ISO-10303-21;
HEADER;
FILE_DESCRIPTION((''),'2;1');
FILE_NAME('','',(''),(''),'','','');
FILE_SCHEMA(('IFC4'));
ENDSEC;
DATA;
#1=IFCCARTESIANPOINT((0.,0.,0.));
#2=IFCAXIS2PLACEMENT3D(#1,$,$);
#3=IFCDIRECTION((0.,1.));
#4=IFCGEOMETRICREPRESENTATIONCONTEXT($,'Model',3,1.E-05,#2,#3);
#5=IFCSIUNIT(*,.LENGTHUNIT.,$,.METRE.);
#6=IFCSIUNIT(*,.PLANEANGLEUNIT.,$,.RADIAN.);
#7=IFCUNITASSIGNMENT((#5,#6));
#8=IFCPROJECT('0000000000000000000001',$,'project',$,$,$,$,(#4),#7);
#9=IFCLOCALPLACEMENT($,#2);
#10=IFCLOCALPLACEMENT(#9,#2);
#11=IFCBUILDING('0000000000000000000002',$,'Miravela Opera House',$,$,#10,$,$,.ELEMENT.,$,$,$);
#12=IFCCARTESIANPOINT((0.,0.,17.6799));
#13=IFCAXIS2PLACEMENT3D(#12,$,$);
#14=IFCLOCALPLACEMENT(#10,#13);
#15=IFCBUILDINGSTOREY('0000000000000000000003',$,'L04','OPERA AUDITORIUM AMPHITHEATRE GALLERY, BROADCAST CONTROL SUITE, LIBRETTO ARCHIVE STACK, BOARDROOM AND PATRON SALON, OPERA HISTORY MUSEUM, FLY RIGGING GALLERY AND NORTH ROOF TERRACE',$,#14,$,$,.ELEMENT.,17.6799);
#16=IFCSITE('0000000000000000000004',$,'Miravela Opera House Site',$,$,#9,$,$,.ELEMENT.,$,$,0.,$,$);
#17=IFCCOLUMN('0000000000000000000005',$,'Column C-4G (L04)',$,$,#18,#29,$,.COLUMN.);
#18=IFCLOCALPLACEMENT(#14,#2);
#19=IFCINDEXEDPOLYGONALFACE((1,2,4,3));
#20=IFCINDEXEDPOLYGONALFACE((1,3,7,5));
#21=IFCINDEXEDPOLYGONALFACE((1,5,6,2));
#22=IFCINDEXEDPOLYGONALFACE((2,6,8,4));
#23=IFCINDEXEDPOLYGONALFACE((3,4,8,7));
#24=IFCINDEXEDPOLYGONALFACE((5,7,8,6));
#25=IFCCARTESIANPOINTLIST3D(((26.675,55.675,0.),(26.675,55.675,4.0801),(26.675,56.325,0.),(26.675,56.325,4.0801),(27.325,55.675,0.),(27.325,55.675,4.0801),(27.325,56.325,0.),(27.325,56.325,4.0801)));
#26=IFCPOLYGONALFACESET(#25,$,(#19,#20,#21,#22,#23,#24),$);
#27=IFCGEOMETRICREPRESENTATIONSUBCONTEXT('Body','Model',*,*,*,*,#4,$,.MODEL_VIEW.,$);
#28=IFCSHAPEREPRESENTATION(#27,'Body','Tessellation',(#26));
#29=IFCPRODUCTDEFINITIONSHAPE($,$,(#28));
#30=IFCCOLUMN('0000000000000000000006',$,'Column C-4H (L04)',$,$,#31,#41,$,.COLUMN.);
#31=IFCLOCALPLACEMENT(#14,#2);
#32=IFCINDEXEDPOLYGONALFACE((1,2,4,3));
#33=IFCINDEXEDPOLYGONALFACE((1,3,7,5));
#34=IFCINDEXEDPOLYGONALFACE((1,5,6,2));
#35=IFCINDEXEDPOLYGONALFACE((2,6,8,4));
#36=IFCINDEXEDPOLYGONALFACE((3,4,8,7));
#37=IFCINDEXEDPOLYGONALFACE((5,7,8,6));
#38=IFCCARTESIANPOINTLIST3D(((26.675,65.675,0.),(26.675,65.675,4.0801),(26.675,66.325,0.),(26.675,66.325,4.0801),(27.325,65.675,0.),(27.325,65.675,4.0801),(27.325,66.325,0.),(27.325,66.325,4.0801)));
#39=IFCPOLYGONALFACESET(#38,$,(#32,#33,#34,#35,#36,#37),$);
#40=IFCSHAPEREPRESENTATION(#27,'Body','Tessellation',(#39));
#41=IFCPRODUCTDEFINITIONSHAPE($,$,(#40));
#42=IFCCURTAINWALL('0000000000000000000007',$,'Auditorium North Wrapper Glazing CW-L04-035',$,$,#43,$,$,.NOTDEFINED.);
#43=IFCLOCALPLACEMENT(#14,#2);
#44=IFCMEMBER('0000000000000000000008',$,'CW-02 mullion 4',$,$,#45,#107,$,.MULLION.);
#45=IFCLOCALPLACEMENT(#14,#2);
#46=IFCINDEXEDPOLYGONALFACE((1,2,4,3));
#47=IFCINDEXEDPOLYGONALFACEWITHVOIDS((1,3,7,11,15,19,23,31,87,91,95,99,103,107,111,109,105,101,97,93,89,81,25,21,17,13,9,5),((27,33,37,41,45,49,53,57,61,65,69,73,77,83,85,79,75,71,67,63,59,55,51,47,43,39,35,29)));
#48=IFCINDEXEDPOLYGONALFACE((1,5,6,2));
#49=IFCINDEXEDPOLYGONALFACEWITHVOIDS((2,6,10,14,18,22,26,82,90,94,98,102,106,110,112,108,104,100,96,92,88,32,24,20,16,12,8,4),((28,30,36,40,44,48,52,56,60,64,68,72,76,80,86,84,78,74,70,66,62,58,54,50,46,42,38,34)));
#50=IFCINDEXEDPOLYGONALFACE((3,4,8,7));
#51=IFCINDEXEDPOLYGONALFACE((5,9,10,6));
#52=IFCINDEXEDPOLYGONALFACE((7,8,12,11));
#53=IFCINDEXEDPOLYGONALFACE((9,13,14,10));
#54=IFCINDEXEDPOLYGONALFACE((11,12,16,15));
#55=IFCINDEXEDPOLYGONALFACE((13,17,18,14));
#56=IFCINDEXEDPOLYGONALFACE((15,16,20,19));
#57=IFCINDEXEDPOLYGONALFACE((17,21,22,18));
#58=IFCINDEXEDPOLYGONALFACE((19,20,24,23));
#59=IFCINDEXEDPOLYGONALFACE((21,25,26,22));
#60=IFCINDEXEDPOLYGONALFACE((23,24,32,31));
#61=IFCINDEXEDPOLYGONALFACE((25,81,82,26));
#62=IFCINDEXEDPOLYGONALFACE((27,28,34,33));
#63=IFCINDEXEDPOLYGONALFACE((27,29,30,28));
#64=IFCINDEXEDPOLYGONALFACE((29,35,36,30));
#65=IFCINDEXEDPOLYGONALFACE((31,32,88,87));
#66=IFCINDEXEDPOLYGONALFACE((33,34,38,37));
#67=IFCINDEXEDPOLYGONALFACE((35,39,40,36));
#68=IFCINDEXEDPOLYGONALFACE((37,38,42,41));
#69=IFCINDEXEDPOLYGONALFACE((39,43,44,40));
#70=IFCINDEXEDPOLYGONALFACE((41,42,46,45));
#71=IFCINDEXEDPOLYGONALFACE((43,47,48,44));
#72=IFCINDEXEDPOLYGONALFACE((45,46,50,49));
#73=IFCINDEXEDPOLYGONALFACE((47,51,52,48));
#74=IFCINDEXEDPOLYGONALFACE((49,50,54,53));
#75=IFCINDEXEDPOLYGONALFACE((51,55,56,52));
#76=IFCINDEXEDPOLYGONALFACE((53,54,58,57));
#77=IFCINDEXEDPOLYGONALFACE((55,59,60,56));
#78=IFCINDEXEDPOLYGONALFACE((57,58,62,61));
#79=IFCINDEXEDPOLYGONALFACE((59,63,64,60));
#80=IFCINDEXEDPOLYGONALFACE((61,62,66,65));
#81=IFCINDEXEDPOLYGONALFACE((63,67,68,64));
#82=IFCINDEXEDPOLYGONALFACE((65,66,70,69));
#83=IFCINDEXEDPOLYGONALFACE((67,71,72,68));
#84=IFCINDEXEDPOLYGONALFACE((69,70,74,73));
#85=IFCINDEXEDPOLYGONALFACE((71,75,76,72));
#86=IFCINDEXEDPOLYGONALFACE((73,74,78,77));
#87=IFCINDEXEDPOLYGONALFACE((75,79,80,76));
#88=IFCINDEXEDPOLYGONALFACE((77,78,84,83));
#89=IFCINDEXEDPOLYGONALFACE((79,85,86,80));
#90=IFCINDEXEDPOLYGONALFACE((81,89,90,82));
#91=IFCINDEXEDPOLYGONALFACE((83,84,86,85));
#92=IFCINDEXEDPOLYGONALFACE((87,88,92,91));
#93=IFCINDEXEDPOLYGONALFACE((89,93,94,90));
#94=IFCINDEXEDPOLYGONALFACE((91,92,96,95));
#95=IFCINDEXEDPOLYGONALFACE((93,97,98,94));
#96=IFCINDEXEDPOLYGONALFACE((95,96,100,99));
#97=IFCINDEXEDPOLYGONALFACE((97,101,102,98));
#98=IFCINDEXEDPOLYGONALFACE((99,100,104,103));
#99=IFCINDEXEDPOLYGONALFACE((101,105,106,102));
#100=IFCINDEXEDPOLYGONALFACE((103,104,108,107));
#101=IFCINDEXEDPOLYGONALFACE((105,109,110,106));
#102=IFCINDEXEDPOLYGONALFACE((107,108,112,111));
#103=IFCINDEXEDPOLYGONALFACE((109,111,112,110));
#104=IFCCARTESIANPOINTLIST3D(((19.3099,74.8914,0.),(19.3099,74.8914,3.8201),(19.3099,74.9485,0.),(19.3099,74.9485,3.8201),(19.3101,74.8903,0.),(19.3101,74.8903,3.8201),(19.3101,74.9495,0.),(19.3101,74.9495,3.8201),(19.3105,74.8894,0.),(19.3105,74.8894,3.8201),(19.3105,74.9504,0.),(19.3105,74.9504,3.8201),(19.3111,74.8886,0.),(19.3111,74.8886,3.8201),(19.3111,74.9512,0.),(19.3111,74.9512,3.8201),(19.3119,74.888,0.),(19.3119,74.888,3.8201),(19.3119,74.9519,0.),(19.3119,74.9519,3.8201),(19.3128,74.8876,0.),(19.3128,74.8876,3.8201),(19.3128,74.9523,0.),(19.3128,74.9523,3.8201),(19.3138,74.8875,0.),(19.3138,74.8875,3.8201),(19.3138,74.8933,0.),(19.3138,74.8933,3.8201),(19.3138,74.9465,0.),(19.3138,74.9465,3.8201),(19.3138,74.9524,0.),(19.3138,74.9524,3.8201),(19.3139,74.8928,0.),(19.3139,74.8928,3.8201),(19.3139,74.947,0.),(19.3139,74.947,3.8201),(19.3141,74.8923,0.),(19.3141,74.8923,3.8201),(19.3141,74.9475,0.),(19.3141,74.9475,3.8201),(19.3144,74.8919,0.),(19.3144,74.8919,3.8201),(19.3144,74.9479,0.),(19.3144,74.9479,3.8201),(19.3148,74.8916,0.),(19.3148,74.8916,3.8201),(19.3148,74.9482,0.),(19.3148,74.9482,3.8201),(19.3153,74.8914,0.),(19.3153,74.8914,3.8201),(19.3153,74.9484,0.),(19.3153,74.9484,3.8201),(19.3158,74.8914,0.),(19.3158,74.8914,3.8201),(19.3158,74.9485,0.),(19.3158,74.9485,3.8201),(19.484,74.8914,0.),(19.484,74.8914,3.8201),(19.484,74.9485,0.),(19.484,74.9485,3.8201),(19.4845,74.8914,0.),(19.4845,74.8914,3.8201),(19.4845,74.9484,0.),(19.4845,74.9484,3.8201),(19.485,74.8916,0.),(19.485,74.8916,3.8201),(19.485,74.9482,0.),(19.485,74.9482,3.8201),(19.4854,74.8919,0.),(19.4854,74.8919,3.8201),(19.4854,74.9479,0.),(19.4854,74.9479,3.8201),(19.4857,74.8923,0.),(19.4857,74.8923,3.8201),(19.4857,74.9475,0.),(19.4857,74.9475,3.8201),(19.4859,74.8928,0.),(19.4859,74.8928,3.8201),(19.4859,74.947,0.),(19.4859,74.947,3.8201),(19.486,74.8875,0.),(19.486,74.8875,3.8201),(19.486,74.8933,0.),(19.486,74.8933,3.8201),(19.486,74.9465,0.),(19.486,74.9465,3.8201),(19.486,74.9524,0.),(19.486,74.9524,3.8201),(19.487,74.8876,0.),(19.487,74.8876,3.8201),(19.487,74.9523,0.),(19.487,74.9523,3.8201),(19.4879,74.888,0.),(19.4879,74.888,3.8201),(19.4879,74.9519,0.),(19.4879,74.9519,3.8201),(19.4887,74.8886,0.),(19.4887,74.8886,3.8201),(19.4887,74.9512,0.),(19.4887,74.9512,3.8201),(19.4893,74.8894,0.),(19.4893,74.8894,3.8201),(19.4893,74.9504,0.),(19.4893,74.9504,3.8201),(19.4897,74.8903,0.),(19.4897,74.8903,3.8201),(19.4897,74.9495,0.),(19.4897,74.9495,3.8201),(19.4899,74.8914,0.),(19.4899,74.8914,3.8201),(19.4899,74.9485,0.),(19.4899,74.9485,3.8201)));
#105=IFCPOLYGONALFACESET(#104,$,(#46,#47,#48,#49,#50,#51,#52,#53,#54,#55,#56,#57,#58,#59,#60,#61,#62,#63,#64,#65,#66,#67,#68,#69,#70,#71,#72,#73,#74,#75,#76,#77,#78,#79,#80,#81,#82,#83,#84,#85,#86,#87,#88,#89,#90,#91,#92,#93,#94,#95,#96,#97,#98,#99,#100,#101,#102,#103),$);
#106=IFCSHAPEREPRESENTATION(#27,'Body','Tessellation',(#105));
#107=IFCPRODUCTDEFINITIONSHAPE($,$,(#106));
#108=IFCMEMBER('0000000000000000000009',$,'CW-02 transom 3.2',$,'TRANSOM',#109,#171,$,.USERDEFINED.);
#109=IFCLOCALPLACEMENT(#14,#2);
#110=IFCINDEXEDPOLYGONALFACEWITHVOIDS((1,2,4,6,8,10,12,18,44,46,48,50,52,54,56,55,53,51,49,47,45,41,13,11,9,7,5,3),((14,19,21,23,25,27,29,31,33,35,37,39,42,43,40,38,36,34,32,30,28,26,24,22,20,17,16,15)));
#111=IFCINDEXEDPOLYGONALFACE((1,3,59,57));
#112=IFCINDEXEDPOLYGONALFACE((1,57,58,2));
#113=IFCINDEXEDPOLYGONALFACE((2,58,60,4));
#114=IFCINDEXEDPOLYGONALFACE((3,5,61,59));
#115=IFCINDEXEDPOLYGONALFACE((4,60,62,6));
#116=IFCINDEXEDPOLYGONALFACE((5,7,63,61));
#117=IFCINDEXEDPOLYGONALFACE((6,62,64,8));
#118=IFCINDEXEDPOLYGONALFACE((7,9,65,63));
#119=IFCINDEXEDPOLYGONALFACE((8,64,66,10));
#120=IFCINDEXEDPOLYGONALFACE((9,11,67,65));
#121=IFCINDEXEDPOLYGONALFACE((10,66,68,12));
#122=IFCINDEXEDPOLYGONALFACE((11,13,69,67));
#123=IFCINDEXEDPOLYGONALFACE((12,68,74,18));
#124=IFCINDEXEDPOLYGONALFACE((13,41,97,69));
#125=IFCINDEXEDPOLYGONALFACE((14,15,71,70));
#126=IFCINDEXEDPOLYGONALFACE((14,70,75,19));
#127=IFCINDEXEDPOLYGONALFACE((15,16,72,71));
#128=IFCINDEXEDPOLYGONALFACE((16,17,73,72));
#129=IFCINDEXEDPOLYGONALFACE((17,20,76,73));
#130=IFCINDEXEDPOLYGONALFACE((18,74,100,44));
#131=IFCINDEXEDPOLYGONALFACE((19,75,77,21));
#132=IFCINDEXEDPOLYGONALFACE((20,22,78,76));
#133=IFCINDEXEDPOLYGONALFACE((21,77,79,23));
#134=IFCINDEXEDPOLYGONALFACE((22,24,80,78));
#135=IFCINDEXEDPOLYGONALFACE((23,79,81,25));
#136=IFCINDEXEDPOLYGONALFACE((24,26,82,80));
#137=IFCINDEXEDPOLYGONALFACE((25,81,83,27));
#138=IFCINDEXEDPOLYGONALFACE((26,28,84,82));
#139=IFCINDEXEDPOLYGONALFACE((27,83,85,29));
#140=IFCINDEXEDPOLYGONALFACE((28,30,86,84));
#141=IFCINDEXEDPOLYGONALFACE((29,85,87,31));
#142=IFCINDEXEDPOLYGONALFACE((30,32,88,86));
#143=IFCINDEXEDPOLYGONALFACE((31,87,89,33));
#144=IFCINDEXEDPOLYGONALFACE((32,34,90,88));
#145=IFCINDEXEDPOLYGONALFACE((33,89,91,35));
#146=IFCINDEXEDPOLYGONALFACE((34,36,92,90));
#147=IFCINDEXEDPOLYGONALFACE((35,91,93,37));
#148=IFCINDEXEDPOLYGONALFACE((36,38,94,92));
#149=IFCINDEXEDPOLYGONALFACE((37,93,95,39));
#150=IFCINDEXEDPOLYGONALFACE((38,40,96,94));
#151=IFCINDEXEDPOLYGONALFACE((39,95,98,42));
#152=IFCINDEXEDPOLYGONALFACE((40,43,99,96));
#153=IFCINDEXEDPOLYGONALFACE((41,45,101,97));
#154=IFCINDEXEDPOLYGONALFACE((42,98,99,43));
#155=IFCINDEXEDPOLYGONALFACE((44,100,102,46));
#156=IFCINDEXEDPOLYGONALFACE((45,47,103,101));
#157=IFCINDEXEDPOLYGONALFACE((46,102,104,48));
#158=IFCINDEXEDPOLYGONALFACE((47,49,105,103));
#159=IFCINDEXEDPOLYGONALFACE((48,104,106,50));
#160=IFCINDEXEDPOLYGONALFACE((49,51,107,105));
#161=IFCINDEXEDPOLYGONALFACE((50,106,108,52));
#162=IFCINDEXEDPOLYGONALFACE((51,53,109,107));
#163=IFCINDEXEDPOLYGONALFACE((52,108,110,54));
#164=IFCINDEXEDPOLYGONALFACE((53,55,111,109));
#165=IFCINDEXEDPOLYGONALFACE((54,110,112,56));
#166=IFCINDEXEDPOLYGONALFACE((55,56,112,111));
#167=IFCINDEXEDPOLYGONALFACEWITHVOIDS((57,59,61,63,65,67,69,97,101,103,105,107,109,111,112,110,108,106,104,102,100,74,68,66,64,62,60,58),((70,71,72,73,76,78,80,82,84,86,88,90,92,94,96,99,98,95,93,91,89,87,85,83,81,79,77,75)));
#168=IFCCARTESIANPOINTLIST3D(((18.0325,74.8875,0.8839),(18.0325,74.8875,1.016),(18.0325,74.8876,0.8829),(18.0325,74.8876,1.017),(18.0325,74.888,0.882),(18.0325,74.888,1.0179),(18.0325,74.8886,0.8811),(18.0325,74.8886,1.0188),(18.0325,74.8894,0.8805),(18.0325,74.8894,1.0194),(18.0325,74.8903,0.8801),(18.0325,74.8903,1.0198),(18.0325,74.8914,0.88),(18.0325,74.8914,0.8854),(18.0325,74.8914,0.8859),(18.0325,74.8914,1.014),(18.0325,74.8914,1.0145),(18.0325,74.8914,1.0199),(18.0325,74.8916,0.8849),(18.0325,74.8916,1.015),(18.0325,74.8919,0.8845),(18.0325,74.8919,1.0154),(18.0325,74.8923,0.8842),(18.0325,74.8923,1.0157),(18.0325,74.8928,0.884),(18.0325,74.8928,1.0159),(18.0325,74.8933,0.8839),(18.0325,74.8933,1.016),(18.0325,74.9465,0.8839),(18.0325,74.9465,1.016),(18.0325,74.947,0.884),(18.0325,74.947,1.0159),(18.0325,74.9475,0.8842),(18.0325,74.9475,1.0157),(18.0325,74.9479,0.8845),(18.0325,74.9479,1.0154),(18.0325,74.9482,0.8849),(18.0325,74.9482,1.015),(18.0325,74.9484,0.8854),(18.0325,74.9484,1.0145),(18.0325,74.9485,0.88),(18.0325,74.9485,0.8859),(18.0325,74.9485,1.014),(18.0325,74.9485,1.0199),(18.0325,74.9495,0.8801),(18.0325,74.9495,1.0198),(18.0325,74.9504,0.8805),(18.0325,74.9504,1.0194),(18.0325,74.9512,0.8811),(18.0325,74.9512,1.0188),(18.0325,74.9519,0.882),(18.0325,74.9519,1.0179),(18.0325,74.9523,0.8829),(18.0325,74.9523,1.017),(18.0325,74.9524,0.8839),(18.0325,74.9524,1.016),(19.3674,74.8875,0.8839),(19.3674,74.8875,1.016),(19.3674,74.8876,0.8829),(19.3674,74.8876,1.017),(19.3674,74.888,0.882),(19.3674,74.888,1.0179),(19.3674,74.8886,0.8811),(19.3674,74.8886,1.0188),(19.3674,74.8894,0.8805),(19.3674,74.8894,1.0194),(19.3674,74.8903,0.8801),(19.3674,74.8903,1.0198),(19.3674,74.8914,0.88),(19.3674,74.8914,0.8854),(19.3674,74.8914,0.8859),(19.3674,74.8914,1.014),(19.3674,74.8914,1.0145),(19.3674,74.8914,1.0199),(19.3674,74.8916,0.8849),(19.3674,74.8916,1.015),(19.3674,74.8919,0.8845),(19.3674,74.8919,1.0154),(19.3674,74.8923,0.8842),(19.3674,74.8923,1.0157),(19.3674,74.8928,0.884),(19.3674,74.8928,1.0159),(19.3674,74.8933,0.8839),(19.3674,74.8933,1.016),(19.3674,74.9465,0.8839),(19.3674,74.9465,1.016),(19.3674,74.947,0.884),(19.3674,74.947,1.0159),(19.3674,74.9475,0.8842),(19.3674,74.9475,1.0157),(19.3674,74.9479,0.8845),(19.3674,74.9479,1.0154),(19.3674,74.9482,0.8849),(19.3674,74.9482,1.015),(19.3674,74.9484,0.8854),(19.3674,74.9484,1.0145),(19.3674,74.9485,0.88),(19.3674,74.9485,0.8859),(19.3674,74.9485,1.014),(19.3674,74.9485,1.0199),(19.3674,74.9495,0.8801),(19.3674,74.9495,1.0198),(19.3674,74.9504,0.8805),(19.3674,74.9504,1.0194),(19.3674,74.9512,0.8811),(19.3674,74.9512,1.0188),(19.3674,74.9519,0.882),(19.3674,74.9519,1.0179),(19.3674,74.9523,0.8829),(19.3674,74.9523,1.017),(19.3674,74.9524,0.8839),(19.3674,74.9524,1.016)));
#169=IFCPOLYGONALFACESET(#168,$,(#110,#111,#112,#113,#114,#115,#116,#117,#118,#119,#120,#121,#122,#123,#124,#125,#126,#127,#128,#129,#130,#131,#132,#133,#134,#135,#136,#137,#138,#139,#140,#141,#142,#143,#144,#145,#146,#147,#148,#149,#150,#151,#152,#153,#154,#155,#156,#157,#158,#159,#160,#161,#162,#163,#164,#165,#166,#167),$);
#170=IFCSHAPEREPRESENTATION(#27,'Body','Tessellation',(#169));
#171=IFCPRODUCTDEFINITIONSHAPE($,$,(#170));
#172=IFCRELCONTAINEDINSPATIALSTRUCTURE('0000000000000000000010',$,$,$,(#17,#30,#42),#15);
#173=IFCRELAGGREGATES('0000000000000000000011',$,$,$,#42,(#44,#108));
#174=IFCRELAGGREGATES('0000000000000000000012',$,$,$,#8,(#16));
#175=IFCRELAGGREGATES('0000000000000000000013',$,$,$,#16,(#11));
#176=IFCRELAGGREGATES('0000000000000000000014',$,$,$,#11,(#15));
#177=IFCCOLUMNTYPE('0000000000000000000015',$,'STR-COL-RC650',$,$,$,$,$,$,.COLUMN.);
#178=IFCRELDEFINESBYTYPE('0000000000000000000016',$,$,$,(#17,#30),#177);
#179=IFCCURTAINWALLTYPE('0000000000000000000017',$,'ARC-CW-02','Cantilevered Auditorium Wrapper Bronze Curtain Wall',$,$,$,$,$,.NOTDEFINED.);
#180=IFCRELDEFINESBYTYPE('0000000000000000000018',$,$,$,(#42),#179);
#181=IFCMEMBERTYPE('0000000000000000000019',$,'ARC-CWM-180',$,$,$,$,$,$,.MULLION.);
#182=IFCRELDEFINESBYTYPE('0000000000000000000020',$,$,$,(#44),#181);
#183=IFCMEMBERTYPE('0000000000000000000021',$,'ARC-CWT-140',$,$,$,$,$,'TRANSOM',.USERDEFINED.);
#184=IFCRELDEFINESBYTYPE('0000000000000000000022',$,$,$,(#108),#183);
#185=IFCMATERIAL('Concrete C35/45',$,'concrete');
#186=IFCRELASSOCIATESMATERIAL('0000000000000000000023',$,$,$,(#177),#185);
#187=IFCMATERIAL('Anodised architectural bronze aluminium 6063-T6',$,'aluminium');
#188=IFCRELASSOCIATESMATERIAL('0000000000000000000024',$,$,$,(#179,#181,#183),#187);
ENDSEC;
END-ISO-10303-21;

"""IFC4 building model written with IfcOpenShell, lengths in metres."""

from ifc_helpers import new_model, si_unit, direction, frame, origin, origin_2d, place, context, subcontext, project, spatial, rectangle, hollow_rectangle, extrude, material, material_profile, profile_set, type_object, element, aggregate, save


model = new_model("IFC4")

# Units and contexts
model_context = context("Model", 3, precision=1e-05, world=origin(), true_north=direction((0.0, 1.0)))
body_context = subcontext(model_context, "Body", "Model", "MODEL_VIEW")
ifc_project = project(units=[si_unit("LENGTHUNIT", "METRE"), si_unit("PLANEANGLEUNIT", "RADIAN")], contexts=[model_context])

# Site, building, storey
site_placement = place(None, origin())
site = spatial("IfcSite", under=ifc_project, at=site_placement, Name="Miravela Opera House Site", CompositionType="ELEMENT", RefElevation=0.0)
building_placement = place(site_placement, origin())
building = spatial("IfcBuilding", under=site, at=building_placement, Name="Miravela Opera House", CompositionType="ELEMENT")
storey_placement = place(building_placement, frame((0.0, 0.0, 17.6799)))
storey = spatial("IfcBuildingStorey", under=building, at=storey_placement, Name="L04", Description="OPERA AUDITORIUM AMPHITHEATRE GALLERY, BROADCAST CONTROL SUITE, LIBRETTO ARCHIVE STACK, BOARDROOM AND PATRON SALON, OPERA HISTORY MUSEUM, FLY RIGGING GALLERY AND NORTH ROOF TERRACE", CompositionType="ELEMENT", Elevation=17.6799)

# Columns
ifc_material_1 = material(Name="Concrete C35/45", Category="concrete")
ifc_material_profile_1 = material_profile(ifc_material_1, rectangle(XDim=0.6499, YDim=0.6499, at=origin_2d()), Name="RC-COL-650X650")
ifc_profile_set_1 = profile_set([ifc_material_profile_1])
column_type = type_object("IfcColumnType", Name="STR-COL-RC650", PredefinedType="COLUMN", material=ifc_profile_set_1)
for number, where, z_axis, x_axis, name in (
    (1, (27.0, 56.0, 0.0), (0.0, 0.0, 1.0), (1.0, 0.0, 0.0), "Column C-4G (L04)"),
    (2, (27.0, 66.0, 0.0), (0.0, 0.0, 1.0), (1.0, 0.0, 0.0), "Column C-4H (L04)"),
):
    element("IfcColumn", number, at=place(storey_placement, frame(where, z_axis=z_axis, x_axis=x_axis)), inside=storey, type_object=column_type, Name=name, PredefinedType="COLUMN", context=body_context, shape_type="SweptSolid", body=[
        extrude(rectangle(XDim=0.6499, YDim=0.6499, at=origin_2d()), origin(), (0.0, 0.0, 1.0), 4.0801),
    ])

# Curtain wall, members
ifc_material_2 = material(Name="Anodised architectural bronze aluminium 6063-T6", Category="aluminium")
curtain_wall_type = type_object("IfcCurtainWallType", Name="ARC-CW-02", Description="Cantilevered Auditorium Wrapper Bronze Curtain Wall", PredefinedType="NOTDEFINED", material=ifc_material_2)
curtain_wall_placement = place(storey_placement, origin())
curtain_wall = element("IfcCurtainWall", 3, at=curtain_wall_placement, inside=storey, type_object=curtain_wall_type, Name="Auditorium North Wrapper Glazing CW-L04-035", PredefinedType="NOTDEFINED")
ifc_material_profile_2 = material_profile(ifc_material_2, hollow_rectangle(XDim=0.0649, YDim=0.1799, WallThickness=0.0039, InnerFilletRadius=0.002, OuterFilletRadius=0.0039, at=origin_2d()), Name="CWM-65X180")
ifc_profile_set_2 = profile_set([ifc_material_profile_2])
member_type_1 = type_object("IfcMemberType", Name="ARC-CWM-180", PredefinedType="MULLION", material=ifc_profile_set_2)
member_1_placement = place(storey_placement, frame((19.3999, 74.9199, 0.0), z_axis=(0.0, 0.0, 1.0), x_axis=(0.0, 1.0, 0.0)))
member_1 = element("IfcMember", 4, at=member_1_placement, type_object=member_type_1, Name="CW-02 mullion 4", PredefinedType="MULLION", context=body_context, shape_type="SweptSolid", body=[
    extrude(hollow_rectangle(XDim=0.0649, YDim=0.1799, WallThickness=0.0039, InnerFilletRadius=0.002, OuterFilletRadius=0.0039, at=origin_2d()), origin(), (0.0, 0.0, 1.0), 3.8201),
])
ifc_material_profile_3 = material_profile(ifc_material_2, hollow_rectangle(XDim=0.0649, YDim=0.1399, WallThickness=0.0039, InnerFilletRadius=0.002, OuterFilletRadius=0.0039, at=origin_2d()), Name="CWT-65X140")
ifc_profile_set_3 = profile_set([ifc_material_profile_3])
member_type_2 = type_object("IfcMemberType", Name="ARC-CWT-140", ElementType="TRANSOM", PredefinedType="USERDEFINED", material=ifc_profile_set_3)
member_2_placement = place(storey_placement, frame((18.0325, 74.9199, 0.95), z_axis=(1.0, 0.0, 0.0), x_axis=(0.0, 1.0, 0.0)))
member_2 = element("IfcMember", 5, at=member_2_placement, type_object=member_type_2, Name="CW-02 transom 3.2", ObjectType="TRANSOM", PredefinedType="USERDEFINED", context=body_context, shape_type="SweptSolid", body=[
    extrude(hollow_rectangle(XDim=0.0649, YDim=0.1399, WallThickness=0.0039, InnerFilletRadius=0.002, OuterFilletRadius=0.0039, at=origin_2d()), origin(), (0.0, 0.0, 1.0), 1.335),
])

aggregate(curtain_wall, [member_1, member_2])

save(model, "model.ifc")
